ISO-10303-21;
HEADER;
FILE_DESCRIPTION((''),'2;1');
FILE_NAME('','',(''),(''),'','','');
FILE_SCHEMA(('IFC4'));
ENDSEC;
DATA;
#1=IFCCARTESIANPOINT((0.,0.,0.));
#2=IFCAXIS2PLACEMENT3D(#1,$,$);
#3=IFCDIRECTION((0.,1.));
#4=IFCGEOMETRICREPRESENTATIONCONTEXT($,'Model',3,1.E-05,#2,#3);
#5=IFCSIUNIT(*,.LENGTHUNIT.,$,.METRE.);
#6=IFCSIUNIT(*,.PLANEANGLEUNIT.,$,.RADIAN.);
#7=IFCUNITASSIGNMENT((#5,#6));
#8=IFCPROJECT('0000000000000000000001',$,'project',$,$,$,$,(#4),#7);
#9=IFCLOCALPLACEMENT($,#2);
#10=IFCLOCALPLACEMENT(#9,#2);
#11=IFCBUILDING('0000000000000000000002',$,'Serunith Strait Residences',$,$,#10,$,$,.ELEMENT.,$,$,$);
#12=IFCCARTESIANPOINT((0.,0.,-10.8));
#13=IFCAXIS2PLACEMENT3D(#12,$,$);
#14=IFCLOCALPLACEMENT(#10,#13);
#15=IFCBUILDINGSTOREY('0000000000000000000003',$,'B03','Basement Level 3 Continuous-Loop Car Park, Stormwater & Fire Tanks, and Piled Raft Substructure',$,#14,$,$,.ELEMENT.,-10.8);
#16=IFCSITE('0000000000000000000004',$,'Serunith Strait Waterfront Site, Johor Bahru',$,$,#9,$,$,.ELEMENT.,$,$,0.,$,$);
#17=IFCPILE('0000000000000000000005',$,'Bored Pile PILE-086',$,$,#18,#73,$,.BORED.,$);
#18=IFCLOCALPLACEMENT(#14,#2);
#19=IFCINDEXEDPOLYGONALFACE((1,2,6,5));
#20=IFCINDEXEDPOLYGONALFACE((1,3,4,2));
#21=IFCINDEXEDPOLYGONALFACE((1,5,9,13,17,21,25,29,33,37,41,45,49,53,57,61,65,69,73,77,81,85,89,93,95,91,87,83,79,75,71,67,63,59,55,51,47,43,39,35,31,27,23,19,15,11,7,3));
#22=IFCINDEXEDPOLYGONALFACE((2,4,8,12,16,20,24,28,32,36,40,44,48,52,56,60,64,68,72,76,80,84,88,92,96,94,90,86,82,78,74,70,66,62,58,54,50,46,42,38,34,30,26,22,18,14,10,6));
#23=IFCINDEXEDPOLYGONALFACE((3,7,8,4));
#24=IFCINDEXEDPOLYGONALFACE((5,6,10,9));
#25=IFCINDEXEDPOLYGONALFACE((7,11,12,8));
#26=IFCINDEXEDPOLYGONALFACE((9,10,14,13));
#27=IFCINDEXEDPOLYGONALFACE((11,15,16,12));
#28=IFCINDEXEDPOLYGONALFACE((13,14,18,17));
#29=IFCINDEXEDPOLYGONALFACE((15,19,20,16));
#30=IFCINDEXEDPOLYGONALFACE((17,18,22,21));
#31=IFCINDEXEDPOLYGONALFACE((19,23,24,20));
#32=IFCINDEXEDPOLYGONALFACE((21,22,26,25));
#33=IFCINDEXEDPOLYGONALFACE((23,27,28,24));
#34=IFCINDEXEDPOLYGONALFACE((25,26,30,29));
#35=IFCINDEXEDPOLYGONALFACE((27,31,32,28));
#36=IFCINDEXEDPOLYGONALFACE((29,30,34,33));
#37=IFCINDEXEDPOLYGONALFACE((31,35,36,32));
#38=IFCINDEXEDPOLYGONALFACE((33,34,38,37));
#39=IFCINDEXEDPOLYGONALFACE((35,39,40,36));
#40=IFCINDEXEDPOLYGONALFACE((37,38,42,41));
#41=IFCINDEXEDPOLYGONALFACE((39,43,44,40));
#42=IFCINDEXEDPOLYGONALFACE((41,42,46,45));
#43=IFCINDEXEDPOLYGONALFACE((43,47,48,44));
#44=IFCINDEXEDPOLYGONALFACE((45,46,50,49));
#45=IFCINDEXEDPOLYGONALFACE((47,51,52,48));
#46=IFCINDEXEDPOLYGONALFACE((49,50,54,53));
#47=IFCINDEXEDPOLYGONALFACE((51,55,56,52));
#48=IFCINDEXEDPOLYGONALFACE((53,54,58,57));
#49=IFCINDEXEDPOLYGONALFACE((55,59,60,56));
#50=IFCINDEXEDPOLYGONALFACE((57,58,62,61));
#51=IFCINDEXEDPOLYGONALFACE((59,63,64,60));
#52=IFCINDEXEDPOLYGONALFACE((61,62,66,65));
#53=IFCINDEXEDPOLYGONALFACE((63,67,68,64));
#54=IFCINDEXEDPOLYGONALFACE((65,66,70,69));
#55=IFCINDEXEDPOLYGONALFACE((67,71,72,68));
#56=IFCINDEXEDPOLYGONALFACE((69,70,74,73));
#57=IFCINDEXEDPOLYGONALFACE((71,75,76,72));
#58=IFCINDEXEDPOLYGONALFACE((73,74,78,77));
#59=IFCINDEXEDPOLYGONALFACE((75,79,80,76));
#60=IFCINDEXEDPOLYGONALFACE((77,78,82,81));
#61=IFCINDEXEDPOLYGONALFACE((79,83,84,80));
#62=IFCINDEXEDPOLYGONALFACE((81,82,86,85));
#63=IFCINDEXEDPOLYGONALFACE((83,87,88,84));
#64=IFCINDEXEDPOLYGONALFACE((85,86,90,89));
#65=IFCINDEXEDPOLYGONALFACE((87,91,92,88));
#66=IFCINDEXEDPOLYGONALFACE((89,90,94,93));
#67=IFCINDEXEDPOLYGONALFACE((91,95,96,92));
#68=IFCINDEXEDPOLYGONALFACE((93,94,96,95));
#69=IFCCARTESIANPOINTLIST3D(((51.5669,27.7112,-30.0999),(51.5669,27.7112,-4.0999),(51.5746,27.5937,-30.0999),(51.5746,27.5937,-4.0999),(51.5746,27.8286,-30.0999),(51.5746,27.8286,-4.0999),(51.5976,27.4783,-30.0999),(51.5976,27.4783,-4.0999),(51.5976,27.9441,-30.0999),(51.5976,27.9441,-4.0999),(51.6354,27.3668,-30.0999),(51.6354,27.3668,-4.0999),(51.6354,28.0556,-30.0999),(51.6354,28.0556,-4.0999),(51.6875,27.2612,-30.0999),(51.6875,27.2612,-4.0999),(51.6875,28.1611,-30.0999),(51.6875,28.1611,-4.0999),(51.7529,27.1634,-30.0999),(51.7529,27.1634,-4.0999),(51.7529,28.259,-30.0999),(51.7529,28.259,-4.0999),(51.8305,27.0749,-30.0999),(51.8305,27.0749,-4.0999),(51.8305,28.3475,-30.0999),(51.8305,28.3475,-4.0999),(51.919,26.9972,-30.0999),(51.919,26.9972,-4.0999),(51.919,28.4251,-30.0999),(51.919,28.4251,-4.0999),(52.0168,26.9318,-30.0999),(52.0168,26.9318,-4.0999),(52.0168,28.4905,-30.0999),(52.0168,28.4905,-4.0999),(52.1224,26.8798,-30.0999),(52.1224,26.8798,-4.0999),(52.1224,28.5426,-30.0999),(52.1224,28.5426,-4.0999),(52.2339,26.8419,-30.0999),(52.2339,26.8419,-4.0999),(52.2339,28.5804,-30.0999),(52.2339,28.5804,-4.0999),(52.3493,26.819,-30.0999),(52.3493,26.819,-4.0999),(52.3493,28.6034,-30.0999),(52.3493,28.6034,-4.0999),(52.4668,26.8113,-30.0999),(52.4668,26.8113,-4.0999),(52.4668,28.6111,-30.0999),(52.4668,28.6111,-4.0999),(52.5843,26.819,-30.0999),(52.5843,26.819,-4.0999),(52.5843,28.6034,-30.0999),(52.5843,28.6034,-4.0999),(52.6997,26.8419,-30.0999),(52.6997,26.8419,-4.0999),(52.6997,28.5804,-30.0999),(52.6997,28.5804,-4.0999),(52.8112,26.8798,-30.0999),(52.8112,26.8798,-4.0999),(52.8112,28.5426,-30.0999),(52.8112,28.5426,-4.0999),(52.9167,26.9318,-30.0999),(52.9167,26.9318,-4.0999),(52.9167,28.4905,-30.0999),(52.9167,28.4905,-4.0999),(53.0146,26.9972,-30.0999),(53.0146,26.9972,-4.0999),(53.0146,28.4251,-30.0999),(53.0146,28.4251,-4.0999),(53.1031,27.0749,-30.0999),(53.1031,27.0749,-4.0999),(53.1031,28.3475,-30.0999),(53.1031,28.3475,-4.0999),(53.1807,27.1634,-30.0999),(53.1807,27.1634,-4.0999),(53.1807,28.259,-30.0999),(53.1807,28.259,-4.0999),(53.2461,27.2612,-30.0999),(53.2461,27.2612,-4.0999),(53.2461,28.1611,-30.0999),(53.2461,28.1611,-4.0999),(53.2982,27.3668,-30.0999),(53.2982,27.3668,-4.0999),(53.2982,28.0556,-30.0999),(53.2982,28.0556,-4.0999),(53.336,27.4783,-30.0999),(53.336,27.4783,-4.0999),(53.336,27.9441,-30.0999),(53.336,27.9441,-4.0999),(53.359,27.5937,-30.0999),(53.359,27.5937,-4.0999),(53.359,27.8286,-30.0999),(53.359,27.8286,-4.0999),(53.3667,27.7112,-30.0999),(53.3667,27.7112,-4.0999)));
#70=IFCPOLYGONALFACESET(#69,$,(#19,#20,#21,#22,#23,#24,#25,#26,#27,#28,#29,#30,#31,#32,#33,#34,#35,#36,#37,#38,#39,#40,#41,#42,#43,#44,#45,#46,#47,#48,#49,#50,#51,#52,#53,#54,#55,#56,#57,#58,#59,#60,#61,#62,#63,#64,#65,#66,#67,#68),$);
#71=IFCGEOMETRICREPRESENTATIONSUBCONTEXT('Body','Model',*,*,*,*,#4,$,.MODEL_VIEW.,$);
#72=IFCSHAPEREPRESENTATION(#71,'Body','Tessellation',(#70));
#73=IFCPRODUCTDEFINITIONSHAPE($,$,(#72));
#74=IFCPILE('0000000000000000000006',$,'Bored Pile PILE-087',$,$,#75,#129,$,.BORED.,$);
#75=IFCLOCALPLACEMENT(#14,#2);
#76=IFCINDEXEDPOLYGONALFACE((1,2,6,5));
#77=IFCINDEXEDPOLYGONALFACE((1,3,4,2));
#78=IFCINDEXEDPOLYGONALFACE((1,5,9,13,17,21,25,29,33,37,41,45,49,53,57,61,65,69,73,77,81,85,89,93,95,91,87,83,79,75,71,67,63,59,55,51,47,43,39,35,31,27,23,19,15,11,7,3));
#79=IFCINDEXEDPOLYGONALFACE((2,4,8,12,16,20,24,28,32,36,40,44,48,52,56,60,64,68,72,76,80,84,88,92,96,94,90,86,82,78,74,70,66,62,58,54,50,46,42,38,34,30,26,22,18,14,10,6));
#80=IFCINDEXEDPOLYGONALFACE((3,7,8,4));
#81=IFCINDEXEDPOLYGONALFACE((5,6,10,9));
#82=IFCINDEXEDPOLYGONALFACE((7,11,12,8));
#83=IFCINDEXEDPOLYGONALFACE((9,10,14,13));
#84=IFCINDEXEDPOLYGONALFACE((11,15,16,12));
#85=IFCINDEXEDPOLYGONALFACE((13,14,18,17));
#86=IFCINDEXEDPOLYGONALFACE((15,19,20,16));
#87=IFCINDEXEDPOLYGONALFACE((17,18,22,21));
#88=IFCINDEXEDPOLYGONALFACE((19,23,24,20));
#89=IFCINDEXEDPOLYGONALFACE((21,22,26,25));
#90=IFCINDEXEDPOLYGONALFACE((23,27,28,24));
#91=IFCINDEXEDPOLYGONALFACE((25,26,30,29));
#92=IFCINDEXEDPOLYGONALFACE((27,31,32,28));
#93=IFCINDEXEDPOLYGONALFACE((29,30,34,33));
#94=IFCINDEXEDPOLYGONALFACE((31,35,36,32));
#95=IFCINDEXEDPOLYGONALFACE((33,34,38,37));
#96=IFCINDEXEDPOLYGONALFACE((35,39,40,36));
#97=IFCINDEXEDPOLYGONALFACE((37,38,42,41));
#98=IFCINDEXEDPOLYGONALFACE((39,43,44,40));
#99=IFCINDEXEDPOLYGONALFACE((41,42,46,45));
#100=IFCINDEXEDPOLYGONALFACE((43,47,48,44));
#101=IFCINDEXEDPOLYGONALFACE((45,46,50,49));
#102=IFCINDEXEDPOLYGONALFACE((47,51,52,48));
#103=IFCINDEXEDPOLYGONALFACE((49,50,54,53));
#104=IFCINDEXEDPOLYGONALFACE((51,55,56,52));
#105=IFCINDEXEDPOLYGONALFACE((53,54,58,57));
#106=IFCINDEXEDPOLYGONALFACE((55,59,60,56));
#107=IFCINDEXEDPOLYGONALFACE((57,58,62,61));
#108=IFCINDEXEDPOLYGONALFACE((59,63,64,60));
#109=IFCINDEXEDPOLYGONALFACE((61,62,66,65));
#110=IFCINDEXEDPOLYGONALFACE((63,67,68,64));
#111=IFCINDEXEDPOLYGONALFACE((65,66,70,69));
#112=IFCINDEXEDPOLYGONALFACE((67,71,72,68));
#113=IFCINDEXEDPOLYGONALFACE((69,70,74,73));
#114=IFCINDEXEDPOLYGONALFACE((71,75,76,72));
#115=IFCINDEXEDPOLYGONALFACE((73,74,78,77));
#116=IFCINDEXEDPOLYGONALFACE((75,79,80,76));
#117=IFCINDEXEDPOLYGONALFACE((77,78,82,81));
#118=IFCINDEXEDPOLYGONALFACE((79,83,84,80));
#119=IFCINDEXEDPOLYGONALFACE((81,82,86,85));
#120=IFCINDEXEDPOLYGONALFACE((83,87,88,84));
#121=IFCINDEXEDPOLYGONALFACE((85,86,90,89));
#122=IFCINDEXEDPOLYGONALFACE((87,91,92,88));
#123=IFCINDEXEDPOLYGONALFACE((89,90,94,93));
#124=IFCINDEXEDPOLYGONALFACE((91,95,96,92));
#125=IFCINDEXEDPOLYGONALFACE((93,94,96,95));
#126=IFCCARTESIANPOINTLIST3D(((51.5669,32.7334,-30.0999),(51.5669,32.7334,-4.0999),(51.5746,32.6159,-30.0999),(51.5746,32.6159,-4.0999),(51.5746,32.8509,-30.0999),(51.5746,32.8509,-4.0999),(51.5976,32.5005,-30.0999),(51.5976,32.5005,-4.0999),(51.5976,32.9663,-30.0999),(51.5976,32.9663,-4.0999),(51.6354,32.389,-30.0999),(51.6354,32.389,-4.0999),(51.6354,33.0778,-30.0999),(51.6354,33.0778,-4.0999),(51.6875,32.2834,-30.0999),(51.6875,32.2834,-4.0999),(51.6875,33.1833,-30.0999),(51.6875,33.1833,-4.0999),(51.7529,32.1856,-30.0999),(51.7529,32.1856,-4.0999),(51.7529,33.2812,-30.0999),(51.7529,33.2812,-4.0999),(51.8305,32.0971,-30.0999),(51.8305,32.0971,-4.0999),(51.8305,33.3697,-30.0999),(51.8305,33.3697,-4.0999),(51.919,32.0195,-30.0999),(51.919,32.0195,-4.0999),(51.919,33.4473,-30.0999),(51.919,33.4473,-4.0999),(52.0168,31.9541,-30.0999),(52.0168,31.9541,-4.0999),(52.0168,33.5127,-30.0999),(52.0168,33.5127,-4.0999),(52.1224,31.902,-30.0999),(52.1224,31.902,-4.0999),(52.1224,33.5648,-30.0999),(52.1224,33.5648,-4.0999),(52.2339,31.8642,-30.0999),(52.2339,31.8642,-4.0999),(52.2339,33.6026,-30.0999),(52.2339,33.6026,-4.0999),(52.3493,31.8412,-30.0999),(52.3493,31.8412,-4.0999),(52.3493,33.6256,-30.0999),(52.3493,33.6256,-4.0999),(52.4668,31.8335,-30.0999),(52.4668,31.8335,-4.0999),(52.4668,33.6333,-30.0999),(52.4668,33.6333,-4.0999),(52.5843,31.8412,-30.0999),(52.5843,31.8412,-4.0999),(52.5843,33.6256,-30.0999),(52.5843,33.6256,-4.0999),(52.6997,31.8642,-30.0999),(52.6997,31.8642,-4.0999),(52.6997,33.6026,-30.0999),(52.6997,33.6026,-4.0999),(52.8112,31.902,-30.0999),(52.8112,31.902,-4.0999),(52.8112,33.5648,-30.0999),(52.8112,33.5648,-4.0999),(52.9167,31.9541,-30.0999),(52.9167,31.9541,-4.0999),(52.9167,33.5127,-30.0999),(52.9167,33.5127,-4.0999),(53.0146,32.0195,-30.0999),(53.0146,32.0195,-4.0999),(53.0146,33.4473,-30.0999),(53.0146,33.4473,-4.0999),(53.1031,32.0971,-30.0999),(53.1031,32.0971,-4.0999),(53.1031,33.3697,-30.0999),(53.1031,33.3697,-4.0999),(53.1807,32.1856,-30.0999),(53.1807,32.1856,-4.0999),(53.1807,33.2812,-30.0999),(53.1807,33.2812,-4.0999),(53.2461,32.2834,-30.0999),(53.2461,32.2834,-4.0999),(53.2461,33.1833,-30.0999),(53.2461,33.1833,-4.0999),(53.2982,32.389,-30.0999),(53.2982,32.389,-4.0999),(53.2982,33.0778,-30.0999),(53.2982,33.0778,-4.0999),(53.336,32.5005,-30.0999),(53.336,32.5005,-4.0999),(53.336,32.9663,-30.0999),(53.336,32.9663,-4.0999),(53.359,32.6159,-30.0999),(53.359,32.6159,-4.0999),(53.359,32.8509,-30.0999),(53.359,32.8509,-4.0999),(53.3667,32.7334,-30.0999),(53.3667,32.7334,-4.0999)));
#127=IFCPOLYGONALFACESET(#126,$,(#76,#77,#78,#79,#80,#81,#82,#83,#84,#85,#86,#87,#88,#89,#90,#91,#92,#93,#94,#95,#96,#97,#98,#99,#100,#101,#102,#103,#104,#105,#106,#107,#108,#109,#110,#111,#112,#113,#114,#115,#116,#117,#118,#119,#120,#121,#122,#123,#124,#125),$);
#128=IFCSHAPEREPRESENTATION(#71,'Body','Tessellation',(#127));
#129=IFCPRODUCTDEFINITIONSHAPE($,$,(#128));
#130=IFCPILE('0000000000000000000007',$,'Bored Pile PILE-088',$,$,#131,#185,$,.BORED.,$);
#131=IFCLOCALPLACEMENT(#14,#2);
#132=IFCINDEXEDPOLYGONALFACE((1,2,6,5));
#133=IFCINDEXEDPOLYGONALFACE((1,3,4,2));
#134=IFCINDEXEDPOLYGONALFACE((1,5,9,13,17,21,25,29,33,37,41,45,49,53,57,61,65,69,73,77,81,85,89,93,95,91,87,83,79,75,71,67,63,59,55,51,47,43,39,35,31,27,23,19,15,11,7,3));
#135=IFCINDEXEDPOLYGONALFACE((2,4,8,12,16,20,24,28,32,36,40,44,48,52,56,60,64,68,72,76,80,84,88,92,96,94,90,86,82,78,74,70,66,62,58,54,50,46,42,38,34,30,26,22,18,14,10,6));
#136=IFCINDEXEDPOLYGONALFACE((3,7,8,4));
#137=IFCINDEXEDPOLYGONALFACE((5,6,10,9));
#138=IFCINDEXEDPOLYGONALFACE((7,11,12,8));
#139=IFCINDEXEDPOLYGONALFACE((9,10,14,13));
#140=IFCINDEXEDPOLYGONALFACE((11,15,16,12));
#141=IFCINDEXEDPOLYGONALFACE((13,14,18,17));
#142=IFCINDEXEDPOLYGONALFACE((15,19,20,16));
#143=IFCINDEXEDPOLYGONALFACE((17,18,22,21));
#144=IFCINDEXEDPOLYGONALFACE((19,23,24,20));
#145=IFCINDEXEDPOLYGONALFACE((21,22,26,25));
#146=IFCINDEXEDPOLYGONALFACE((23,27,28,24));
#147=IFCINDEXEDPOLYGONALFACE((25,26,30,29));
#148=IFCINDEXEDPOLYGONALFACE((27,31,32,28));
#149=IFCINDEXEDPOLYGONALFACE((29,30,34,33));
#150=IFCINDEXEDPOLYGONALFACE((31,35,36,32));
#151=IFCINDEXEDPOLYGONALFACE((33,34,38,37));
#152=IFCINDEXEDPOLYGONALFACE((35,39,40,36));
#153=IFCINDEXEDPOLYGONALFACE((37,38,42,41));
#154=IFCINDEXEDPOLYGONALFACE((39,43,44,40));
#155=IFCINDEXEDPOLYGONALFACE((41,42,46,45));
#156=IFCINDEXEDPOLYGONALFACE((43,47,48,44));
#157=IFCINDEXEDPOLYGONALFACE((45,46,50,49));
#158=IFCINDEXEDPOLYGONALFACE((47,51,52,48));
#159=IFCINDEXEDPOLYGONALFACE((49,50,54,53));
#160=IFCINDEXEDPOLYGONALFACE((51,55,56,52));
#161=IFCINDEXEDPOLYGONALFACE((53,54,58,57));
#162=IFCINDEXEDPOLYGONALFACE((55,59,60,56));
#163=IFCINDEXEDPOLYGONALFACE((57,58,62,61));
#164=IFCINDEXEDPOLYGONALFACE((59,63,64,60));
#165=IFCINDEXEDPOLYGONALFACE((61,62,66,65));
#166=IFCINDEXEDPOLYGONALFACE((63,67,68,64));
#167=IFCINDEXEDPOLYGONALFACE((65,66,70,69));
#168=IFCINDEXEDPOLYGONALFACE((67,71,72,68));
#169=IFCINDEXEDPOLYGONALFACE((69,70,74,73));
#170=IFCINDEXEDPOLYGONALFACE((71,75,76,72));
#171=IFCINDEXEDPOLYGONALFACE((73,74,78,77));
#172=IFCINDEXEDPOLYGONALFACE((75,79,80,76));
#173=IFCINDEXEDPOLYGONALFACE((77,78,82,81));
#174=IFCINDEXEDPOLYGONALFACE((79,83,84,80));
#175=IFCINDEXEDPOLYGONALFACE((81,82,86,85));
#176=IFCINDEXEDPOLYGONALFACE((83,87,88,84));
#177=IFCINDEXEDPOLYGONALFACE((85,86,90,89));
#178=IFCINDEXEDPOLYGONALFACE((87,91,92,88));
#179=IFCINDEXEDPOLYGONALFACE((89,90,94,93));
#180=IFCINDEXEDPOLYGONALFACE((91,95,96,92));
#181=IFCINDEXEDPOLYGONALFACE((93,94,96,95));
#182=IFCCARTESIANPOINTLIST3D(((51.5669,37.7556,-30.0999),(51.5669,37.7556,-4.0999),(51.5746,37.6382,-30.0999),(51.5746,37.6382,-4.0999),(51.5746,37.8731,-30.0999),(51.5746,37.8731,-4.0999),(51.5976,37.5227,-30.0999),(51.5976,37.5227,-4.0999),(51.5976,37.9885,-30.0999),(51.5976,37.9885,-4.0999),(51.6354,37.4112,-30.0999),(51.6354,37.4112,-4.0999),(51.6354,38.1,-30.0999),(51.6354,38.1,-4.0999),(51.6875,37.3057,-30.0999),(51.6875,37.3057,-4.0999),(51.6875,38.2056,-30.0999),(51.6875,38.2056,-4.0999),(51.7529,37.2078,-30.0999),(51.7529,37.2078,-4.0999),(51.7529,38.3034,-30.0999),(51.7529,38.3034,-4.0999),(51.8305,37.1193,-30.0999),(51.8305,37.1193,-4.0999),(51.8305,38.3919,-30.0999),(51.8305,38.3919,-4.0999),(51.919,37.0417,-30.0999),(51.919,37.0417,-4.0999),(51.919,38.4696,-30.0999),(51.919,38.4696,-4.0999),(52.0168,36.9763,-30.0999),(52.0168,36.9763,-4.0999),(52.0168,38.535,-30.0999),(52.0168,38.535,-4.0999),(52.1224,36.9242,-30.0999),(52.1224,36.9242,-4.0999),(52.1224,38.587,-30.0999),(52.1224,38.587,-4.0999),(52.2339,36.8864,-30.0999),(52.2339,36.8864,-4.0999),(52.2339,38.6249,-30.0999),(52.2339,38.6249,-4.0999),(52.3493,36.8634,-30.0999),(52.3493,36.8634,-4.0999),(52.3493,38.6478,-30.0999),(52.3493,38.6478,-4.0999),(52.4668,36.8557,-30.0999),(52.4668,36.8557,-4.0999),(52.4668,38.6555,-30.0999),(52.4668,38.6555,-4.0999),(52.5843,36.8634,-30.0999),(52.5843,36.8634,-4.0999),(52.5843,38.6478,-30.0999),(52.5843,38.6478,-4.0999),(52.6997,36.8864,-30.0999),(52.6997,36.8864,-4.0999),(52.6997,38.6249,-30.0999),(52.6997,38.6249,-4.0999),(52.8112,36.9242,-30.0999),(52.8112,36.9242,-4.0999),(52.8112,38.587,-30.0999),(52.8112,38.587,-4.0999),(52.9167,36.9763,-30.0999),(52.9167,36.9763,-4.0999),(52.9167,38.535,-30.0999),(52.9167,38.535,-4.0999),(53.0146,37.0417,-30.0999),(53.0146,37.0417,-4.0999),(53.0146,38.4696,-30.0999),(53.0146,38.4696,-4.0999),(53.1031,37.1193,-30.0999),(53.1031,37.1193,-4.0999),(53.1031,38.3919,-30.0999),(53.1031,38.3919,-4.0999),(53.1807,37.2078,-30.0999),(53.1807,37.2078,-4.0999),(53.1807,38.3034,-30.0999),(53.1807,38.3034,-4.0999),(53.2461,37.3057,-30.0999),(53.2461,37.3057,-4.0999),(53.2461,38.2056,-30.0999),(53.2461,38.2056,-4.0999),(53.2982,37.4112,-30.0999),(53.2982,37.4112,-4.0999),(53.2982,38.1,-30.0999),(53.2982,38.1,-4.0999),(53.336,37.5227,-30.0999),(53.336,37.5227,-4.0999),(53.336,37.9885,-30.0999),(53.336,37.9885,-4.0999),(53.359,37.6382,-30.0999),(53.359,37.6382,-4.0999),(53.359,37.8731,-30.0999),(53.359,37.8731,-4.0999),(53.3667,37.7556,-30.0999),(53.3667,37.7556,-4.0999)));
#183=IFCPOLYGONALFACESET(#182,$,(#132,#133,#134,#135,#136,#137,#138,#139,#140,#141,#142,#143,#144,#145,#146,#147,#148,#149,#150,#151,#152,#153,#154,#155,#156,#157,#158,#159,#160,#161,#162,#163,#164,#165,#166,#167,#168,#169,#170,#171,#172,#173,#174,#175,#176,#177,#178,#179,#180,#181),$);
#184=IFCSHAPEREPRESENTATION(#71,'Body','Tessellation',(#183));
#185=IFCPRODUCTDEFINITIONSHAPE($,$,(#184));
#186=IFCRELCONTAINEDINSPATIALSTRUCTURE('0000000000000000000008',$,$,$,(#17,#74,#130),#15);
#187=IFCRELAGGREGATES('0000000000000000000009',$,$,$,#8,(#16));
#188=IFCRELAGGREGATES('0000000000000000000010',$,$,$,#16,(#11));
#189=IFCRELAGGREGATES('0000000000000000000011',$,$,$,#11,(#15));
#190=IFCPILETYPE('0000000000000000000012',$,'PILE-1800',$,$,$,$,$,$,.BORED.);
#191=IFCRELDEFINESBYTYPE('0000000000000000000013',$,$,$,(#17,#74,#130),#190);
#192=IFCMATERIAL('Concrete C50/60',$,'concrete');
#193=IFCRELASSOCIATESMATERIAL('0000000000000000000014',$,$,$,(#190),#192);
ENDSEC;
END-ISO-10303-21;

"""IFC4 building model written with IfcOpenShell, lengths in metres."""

from ifc_helpers import new_model, si_unit, direction, frame, origin, origin_2d, place, context, subcontext, project, spatial, circle, extrude, source, transform, mapped, material, material_profile, profile_set, type_object, element, save


model = new_model("IFC4")

# Units and contexts
model_context = context("Model", 3, precision=1e-05, world=origin(), true_north=direction((0.0, 1.0)))
body_context = subcontext(model_context, "Body", "Model", "MODEL_VIEW")
ifc_project = project(units=[si_unit("LENGTHUNIT", "METRE"), si_unit("PLANEANGLEUNIT", "RADIAN")], contexts=[model_context])

# Site, building, storey
site_placement = place(None, origin())
site = spatial("IfcSite", under=ifc_project, at=site_placement, Name="Serunith Strait Waterfront Site, Johor Bahru", CompositionType="ELEMENT", RefElevation=0.0)
building_placement = place(site_placement, origin())
building = spatial("IfcBuilding", under=site, at=building_placement, Name="Serunith Strait Residences", CompositionType="ELEMENT")
storey_placement = place(building_placement, frame((0.0, 0.0, -10.8)))
storey = spatial("IfcBuildingStorey", under=building, at=storey_placement, Name="B03", Description="Basement Level 3 Continuous-Loop Car Park, Stormwater & Fire Tanks, and Piled Raft Substructure", CompositionType="ELEMENT", Elevation=-10.8)

# Shared definitions
ifc_material_1 = material(Name="Concrete C50/60", Category="concrete")

# Piles
ifc_material_profile_1 = material_profile(ifc_material_1, circle(Radius=0.8999, at=origin_2d()), Name="PILE D1800")
ifc_profile_set_1 = profile_set([ifc_material_profile_1], Name="Concrete C50/60")
pile_type_1 = type_object("IfcPileType", Name="PILE-1800", PredefinedType="BORED", material=ifc_profile_set_1)
shared_shape_1 = source(origin(), body_context, "Body", "SweptSolid", [
    extrude(circle(Radius=0.8999, at=origin_2d()), origin(), (0.0, 0.0, 1.0), 26.0),
])
for number, where, z_axis, x_axis, name in (
    (1, (52.4668, 27.7112, -4.0999), (0.0, 0.0, -1.0), (1.0, 0.0, 0.0), "Bored Pile PILE-086"),
    (2, (52.4668, 32.7334, -4.0999), (0.0, 0.0, -1.0), (1.0, 0.0, 0.0), "Bored Pile PILE-087"),
    (3, (52.4668, 37.7556, -4.0999), (0.0, 0.0, -1.0), (1.0, 0.0, 0.0), "Bored Pile PILE-088"),
):
    element("IfcPile", number, at=place(storey_placement, frame(where, z_axis=z_axis, x_axis=x_axis)), inside=storey, type_object=pile_type_1, Name=name, PredefinedType="BORED", context=body_context, shape_type="MappedRepresentation", body=[
        mapped(shared_shape_1, transform((0.0, 0.0, 0.0), scale=1.0)),
    ])

save(model, "model.ifc")
